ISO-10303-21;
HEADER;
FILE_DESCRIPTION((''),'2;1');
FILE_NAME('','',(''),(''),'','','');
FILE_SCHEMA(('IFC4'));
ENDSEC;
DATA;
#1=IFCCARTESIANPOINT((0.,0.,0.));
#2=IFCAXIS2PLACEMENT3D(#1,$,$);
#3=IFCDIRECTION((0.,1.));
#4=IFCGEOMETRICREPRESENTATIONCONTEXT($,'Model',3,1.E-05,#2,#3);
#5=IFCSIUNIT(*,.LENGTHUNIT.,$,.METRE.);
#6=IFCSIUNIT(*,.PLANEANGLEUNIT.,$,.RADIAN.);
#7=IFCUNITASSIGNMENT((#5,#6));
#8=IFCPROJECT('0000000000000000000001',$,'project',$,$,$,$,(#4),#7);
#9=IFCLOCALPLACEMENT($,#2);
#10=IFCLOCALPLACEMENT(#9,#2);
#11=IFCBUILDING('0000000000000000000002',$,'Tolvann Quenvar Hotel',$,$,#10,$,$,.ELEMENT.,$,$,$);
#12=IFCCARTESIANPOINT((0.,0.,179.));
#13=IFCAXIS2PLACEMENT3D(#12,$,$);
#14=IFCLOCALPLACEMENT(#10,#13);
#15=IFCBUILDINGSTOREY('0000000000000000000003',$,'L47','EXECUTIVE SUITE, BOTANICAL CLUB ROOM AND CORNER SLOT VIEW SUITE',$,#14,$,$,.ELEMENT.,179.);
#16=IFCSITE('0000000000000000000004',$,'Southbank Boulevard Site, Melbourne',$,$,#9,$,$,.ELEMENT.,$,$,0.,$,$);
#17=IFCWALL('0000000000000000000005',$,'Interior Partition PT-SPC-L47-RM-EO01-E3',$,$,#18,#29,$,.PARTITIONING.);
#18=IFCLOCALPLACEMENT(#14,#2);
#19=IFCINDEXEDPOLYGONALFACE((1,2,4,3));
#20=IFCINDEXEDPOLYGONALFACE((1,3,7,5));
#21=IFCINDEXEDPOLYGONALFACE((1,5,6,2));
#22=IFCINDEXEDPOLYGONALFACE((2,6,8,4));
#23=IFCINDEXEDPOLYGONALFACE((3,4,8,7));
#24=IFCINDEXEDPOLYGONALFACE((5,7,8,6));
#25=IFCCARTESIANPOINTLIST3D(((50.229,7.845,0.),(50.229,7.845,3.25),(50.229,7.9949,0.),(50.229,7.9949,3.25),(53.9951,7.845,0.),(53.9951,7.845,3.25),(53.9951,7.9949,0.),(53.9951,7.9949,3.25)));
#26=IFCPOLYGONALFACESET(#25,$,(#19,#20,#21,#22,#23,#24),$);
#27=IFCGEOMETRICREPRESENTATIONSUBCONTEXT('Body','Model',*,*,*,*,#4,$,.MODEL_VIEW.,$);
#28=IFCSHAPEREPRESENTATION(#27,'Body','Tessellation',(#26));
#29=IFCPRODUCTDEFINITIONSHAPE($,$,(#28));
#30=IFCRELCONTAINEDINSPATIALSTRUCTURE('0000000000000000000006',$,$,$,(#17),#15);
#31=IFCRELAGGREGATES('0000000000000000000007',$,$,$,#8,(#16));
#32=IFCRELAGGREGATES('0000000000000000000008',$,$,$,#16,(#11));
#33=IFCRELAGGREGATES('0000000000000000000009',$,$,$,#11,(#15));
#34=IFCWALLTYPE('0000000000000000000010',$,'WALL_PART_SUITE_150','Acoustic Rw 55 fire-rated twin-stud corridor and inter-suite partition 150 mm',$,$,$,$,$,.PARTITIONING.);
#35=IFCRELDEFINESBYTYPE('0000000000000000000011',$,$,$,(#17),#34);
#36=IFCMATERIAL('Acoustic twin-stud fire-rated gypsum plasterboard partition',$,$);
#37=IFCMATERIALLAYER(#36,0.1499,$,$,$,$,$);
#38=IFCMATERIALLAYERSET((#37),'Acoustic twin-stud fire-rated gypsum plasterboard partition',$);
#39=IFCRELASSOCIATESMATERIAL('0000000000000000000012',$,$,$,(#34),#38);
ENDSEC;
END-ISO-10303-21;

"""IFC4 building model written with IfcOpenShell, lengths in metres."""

from ifc_helpers import new_model, si_unit, direction, frame, frame_2d, origin, place, context, subcontext, project, spatial, rectangle, extrude, material, layer, layer_set, type_object, element, save


model = new_model("IFC4")

# Units and contexts
model_context = context("Model", 3, precision=1e-05, world=origin(), true_north=direction((0.0, 1.0)))
body_context = subcontext(model_context, "Body", "Model", "MODEL_VIEW")
ifc_project = project(units=[si_unit("LENGTHUNIT", "METRE"), si_unit("PLANEANGLEUNIT", "RADIAN")], contexts=[model_context])

# Site, building, storey
site_placement = place(None, origin())
site = spatial("IfcSite", under=ifc_project, at=site_placement, Name="Southbank Boulevard Site, Melbourne", CompositionType="ELEMENT", RefElevation=0.0)
building_placement = place(site_placement, origin())
building = spatial("IfcBuilding", under=site, at=building_placement, Name="Tolvann Quenvar Hotel", CompositionType="ELEMENT")
storey_placement = place(building_placement, frame((0.0, 0.0, 179.0)))
storey = spatial("IfcBuildingStorey", under=building, at=storey_placement, Name="L47", Description="EXECUTIVE SUITE, BOTANICAL CLUB ROOM AND CORNER SLOT VIEW SUITE", CompositionType="ELEMENT", Elevation=179.0)

# Wall
ifc_material_1 = material(Name="Acoustic twin-stud fire-rated gypsum plasterboard partition")
ifc_layer_1 = layer(ifc_material_1, 0.1499)
ifc_layer_set_1 = layer_set([ifc_layer_1], Name="Acoustic twin-stud fire-rated gypsum plasterboard partition")
wall_type_1 = type_object("IfcWallType", Name="WALL_PART_SUITE_150", Description="Acoustic Rw 55 fire-rated twin-stud corridor and inter-suite partition 150 mm", PredefinedType="PARTITIONING", material=ifc_layer_set_1)
wall_1_placement = place(storey_placement, frame((50.229, 7.9199, 0.0), z_axis=(0.0, 0.0, 1.0), x_axis=(1.0, 0.0, 0.0)))
element("IfcWall", 1, at=wall_1_placement, inside=storey, type_object=wall_type_1, Name="Interior Partition PT-SPC-L47-RM-EO01-E3", PredefinedType="PARTITIONING", context=body_context, shape_type="SweptSolid", body=[
    extrude(rectangle(XDim=3.7661, YDim=0.1499, at=frame_2d((1.8831, 0.0))), origin(), (0.0, 0.0, 1.0), 3.25),
])

save(model, "model.ifc")
